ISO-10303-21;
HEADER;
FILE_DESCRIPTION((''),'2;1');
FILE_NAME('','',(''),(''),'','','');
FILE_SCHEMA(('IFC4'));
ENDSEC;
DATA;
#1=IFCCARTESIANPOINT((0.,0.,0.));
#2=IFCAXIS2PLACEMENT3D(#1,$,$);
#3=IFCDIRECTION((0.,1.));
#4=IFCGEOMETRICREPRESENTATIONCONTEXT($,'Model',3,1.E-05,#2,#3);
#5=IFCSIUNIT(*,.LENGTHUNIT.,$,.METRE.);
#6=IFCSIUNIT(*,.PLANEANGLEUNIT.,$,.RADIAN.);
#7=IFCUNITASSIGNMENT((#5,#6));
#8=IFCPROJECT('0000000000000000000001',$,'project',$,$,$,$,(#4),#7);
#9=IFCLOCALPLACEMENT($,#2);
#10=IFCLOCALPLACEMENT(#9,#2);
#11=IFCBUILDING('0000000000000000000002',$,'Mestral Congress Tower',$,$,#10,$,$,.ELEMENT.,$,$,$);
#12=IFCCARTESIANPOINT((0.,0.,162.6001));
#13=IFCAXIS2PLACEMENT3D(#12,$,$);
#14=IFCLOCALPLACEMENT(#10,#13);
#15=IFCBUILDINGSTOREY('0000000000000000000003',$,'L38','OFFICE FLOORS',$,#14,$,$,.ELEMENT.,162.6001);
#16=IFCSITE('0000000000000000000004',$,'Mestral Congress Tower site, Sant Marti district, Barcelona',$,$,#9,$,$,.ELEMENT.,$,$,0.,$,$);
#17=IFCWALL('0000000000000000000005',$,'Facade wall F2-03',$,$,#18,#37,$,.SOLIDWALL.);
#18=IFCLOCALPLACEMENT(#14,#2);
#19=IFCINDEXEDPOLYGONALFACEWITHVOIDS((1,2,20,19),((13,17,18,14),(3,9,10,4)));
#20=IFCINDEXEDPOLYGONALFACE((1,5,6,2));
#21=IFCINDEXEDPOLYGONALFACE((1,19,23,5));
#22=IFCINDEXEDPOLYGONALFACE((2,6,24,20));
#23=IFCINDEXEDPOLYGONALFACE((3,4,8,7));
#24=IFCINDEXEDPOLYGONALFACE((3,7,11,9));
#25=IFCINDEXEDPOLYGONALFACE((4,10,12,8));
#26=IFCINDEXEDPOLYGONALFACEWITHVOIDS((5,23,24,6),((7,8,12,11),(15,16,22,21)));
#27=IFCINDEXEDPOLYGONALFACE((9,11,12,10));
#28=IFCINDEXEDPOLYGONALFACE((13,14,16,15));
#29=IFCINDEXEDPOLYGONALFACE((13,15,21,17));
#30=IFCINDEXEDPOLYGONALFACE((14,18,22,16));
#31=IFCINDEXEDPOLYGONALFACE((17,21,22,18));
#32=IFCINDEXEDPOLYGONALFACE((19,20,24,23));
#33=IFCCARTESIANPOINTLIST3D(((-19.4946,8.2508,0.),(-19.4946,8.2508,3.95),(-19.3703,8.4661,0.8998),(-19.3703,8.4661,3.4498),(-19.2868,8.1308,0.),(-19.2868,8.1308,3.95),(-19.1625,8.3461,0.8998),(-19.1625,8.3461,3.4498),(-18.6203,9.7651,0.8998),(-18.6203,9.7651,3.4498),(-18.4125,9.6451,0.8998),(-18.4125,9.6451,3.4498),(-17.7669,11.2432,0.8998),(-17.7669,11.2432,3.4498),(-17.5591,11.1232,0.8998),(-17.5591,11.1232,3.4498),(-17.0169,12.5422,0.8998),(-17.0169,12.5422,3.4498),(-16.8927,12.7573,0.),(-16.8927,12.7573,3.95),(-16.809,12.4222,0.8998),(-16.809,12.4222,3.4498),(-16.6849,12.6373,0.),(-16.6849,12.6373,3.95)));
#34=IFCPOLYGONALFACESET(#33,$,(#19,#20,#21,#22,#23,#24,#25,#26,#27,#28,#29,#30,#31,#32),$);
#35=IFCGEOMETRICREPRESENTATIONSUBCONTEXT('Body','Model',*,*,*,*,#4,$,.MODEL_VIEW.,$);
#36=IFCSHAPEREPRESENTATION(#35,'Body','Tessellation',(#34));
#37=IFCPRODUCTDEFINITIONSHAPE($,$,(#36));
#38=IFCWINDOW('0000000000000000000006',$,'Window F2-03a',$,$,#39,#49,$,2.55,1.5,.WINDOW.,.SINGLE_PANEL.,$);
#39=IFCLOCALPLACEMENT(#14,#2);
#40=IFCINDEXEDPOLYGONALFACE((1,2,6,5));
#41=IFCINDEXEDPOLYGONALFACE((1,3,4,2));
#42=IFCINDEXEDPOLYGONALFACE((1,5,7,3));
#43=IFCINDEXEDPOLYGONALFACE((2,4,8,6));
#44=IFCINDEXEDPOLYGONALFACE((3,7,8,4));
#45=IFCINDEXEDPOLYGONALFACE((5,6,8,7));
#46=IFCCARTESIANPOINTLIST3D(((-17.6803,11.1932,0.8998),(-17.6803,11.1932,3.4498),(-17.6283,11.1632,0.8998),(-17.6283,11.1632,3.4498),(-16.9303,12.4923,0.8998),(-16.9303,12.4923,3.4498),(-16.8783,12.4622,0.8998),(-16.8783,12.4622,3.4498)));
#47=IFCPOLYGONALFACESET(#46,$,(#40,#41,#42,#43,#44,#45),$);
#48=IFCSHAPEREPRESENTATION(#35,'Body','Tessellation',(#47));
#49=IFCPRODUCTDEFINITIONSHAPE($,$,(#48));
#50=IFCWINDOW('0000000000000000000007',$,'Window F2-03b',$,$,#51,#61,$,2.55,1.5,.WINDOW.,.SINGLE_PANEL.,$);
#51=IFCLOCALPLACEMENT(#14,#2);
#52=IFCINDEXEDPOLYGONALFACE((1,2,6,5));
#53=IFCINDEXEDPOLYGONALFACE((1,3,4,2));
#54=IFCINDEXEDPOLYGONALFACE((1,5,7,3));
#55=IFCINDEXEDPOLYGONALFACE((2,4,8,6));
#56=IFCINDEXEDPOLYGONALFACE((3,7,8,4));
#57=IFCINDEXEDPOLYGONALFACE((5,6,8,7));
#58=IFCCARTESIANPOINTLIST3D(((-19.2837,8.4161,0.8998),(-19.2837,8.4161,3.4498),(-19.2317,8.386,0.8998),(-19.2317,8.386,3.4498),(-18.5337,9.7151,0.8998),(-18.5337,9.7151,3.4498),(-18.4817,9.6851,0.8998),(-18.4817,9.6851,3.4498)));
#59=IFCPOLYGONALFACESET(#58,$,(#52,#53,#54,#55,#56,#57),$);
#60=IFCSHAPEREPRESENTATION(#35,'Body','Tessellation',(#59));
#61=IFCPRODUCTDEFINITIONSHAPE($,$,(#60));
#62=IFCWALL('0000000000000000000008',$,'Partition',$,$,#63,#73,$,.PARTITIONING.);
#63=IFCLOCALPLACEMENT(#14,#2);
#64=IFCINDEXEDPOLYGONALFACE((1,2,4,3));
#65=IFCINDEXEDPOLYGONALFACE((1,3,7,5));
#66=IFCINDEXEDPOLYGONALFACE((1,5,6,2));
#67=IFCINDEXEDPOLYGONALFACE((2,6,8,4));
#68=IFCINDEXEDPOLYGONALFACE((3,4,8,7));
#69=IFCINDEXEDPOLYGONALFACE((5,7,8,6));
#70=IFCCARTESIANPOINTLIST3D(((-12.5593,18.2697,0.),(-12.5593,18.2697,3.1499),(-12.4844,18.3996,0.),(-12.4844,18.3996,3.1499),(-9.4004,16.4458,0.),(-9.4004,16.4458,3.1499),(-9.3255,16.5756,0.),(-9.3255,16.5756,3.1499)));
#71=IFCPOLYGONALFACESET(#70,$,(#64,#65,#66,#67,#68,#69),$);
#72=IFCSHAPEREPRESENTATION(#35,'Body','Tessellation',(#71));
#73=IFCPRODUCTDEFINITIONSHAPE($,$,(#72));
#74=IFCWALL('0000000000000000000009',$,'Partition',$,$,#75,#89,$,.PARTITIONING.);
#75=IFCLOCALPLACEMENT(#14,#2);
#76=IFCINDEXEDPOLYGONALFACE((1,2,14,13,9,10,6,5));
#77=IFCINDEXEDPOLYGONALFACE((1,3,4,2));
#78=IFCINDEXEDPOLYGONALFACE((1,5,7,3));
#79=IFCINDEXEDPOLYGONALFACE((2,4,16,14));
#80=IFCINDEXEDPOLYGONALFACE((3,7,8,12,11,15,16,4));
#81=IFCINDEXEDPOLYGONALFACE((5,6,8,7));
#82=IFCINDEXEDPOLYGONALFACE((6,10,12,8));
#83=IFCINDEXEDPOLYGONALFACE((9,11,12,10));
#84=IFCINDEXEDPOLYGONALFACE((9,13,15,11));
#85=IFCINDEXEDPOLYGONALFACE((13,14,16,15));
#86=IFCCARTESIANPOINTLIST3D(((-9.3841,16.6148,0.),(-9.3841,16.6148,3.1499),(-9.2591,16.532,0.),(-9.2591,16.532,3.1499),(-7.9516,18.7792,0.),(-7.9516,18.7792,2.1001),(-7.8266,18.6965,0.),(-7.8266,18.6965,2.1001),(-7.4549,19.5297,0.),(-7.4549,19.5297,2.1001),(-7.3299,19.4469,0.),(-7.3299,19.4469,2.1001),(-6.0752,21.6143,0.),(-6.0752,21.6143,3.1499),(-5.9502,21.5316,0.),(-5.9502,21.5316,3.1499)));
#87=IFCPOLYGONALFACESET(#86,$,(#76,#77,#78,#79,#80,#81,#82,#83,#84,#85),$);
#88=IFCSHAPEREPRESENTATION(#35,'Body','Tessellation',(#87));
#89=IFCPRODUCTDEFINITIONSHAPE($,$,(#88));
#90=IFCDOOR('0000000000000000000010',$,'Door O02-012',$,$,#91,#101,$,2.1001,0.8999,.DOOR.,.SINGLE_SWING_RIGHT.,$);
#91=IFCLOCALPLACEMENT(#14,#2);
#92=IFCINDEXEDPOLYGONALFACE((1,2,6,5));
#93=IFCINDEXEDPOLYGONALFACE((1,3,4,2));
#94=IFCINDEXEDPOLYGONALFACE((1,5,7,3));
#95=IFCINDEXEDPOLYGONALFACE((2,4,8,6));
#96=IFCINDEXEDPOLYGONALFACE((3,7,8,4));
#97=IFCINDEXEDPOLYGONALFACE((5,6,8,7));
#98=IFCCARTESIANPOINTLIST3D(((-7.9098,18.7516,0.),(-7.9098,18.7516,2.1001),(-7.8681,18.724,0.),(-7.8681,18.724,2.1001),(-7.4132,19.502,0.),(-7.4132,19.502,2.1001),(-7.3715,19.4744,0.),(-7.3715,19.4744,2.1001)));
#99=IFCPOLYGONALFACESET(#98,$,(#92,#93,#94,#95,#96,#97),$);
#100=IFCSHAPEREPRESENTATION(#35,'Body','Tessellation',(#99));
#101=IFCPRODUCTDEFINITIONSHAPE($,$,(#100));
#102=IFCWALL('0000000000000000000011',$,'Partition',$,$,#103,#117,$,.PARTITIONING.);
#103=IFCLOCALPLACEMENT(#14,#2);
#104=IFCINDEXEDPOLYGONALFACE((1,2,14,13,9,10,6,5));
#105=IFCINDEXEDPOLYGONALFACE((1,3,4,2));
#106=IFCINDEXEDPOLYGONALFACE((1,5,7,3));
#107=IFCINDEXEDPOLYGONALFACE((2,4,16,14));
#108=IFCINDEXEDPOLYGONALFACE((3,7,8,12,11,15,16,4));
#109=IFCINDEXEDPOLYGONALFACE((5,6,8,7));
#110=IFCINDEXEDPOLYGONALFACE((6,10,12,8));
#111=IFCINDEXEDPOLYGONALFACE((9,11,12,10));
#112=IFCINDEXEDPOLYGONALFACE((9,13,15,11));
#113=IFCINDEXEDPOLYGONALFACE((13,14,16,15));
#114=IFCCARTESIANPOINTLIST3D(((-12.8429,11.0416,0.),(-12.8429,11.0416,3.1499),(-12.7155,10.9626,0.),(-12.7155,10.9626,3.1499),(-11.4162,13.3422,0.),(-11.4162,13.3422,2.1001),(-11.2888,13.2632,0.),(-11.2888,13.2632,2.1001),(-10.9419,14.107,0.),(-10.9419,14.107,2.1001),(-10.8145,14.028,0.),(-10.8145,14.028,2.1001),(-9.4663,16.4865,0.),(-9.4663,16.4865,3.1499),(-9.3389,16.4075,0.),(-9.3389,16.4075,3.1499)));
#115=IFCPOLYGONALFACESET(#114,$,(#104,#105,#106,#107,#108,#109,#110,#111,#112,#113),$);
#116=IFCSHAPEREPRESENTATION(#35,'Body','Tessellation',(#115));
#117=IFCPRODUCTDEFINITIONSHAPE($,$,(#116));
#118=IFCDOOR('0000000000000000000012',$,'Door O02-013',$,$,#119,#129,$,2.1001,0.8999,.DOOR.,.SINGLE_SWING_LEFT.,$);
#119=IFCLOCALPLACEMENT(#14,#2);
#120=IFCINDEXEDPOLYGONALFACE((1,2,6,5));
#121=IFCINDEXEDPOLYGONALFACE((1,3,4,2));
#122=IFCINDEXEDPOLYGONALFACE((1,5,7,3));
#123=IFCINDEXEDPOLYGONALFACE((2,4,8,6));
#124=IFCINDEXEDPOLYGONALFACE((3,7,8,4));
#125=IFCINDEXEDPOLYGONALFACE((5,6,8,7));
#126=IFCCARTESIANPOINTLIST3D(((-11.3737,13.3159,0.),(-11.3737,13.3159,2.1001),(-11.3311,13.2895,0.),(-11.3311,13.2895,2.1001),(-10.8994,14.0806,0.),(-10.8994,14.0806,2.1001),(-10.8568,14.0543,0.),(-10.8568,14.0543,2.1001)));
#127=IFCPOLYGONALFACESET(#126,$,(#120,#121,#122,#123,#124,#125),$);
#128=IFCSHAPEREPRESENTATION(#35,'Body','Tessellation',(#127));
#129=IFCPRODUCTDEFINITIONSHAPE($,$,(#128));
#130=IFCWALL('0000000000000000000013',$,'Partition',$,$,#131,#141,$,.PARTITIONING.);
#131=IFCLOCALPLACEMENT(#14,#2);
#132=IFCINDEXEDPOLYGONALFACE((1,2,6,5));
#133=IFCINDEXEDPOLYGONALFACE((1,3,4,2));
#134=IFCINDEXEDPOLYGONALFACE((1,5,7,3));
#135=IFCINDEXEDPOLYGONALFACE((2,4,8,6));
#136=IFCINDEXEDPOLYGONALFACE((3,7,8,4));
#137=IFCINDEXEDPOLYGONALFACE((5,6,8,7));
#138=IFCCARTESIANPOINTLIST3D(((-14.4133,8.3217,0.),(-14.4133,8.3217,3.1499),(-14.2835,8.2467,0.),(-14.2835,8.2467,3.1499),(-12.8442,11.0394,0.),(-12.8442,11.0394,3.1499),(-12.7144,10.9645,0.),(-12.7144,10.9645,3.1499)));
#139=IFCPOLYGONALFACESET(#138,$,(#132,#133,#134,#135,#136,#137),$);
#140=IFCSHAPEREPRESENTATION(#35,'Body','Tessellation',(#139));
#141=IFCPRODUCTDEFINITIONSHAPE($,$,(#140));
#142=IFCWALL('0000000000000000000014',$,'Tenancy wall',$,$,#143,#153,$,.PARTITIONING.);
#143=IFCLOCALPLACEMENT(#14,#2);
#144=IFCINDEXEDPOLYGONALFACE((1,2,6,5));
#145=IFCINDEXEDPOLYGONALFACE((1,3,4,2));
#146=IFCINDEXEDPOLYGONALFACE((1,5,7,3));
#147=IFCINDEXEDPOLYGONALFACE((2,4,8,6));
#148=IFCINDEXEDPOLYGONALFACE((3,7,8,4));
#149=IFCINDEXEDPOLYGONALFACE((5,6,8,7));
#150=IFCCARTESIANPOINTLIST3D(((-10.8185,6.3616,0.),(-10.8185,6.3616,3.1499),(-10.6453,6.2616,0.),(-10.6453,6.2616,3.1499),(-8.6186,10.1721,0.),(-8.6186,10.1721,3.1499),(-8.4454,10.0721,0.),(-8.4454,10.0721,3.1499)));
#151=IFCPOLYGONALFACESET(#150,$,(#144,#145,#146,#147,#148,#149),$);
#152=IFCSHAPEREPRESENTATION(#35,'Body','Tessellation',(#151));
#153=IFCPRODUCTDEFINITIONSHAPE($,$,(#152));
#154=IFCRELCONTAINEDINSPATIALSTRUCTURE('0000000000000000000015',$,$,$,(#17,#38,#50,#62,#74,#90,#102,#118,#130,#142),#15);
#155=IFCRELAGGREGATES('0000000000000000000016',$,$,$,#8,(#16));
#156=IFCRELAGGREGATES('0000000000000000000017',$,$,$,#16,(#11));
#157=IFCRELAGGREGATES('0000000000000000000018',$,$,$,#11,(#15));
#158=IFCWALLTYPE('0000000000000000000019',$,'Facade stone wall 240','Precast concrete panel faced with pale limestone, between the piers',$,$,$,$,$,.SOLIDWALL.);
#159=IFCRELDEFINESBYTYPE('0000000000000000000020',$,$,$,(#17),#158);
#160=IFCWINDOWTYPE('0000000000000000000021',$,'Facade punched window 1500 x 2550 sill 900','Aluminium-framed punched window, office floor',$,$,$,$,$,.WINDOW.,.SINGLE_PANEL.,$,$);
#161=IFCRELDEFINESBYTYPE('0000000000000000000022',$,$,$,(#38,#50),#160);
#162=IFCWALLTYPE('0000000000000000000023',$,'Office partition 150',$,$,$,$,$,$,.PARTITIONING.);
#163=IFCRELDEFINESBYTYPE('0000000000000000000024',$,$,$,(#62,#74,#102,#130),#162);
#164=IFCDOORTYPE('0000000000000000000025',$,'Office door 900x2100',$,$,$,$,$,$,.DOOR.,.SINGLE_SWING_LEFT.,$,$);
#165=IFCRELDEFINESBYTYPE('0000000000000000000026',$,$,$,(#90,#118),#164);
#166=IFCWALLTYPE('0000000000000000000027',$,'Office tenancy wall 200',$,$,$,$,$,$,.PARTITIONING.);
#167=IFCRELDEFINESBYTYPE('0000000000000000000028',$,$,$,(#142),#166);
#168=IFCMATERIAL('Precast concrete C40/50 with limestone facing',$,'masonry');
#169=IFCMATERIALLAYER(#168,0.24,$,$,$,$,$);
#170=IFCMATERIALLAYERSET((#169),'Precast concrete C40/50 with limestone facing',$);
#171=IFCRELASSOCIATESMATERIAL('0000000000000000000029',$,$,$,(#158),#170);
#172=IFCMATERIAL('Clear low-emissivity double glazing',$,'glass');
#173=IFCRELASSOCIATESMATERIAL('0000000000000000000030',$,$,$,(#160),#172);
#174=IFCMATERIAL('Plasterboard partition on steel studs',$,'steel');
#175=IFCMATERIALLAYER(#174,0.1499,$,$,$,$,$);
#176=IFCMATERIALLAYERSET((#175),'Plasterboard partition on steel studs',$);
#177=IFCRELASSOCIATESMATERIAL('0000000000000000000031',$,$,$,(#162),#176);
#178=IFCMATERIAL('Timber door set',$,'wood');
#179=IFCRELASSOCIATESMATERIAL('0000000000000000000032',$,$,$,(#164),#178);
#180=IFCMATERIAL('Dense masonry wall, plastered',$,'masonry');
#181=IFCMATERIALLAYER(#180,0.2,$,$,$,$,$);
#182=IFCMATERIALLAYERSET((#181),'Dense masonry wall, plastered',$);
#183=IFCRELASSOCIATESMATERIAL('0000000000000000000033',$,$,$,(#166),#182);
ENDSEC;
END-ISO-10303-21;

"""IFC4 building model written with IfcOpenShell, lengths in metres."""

from ifc_helpers import new_model, si_unit, direction, frame, frame_2d, origin, place, context, subcontext, project, spatial, rectangle, extrude, material, layer, layer_set, type_object, element, fill, save


model = new_model("IFC4")

# Units and contexts
model_context = context("Model", 3, precision=1e-05, world=origin(), true_north=direction((0.0, 1.0)))
body_context = subcontext(model_context, "Body", "Model", "MODEL_VIEW")
ifc_project = project(units=[si_unit("LENGTHUNIT", "METRE"), si_unit("PLANEANGLEUNIT", "RADIAN")], contexts=[model_context])

# Site, building, storey
site_placement = place(None, origin())
site = spatial("IfcSite", under=ifc_project, at=site_placement, Name="Mestral Congress Tower site, Sant Marti district, Barcelona", CompositionType="ELEMENT", RefElevation=0.0)
building_placement = place(site_placement, origin())
building = spatial("IfcBuilding", under=site, at=building_placement, Name="Mestral Congress Tower", CompositionType="ELEMENT")
storey_placement = place(building_placement, frame((0.0, 0.0, 162.6001)))
storey = spatial("IfcBuildingStorey", under=building, at=storey_placement, Name="L38", Description="OFFICE FLOORS", CompositionType="ELEMENT", Elevation=162.6001)

# Wall, openings, windows
ifc_material_1 = material(Name="Precast concrete C40/50 with limestone facing", Category="masonry")
ifc_layer_1 = layer(ifc_material_1, 0.24)
ifc_layer_set_1 = layer_set([ifc_layer_1], Name="Precast concrete C40/50 with limestone facing")
wall_type_1 = type_object("IfcWallType", Name="Facade stone wall 240", Description="Precast concrete panel faced with pale limestone, between the piers", PredefinedType="SOLIDWALL", material=ifc_layer_set_1)
ifc_material_2 = material(Name="Clear low-emissivity double glazing", Category="glass")
window_type = type_object("IfcWindowType", Name="Facade punched window 1500 x 2550 sill 900", Description="Aluminium-framed punched window, office floor", PartitioningType="SINGLE_PANEL", PredefinedType="WINDOW", material=ifc_material_2)
wall_1_placement = place(storey_placement, frame((-16.7888, 12.6973, 0.0), z_axis=(0.0, 0.0, 1.0), x_axis=(-0.500009, -0.86602, 0.0)))
wall_1 = element("IfcWall", 1, at=wall_1_placement, inside=storey, type_object=wall_type_1, Name="Facade wall F2-03", PredefinedType="SOLIDWALL", context=body_context, shape_type="SweptSolid", body=[
    extrude(rectangle(XDim=5.2036, YDim=0.24, at=frame_2d((2.6018, 0.0))), origin(), (0.0, 0.0, 1.0), 3.95),
])
opening_1_placement = place(wall_1_placement, frame((0.2483, 0.0, 0.8999)))
opening_1 = element("IfcOpeningElement", 2, at=opening_1_placement, cuts=wall_1, PredefinedType="OPENING", context=body_context, shape_type="SweptSolid", body=[
    extrude(rectangle(XDim=1.5, YDim=2.55, at=frame_2d((0.75, 1.2749))), frame((0.0, 0.1299, 0.0), z_axis=(0.0, -1.0, 0.0), x_axis=(1.0, 0.0, 0.0)), (0.0, 0.0, 1.0), 0.26),
])
opening_2_placement = place(wall_1_placement, frame((3.4551, 0.0, 0.8999)))
opening_2 = element("IfcOpeningElement", 3, at=opening_2_placement, cuts=wall_1, PredefinedType="OPENING", context=body_context, shape_type="SweptSolid", body=[
    extrude(rectangle(XDim=1.5, YDim=2.55, at=frame_2d((0.75, 1.2749))), frame((0.0, 0.1299, 0.0), z_axis=(0.0, -1.0, 0.0), x_axis=(1.0, 0.0, 0.0)), (0.0, 0.0, 1.0), 0.26),
])
window_1_placement = place(opening_1_placement, origin())
window_1 = element("IfcWindow", 4, at=window_1_placement, inside=storey, type_object=window_type, Name="Window F2-03a", OverallHeight=2.55, OverallWidth=1.5, PartitioningType="SINGLE_PANEL", PredefinedType="WINDOW", context=body_context, shape_type="SweptSolid", body=[
    extrude(rectangle(XDim=1.5, YDim=2.55, at=frame_2d((0.75, 1.2749))), frame((0.0, 0.04, 0.0), z_axis=(0.0, -1.0, 0.0), x_axis=(1.0, 0.0, 0.0)), (0.0, 0.0, 1.0), 0.0601),
])
fill(opening_1, window_1)
window_2_placement = place(opening_2_placement, origin())
window_2 = element("IfcWindow", 5, at=window_2_placement, inside=storey, type_object=window_type, Name="Window F2-03b", OverallHeight=2.55, OverallWidth=1.5, PartitioningType="SINGLE_PANEL", PredefinedType="WINDOW", context=body_context, shape_type="SweptSolid", body=[
    extrude(rectangle(XDim=1.5, YDim=2.55, at=frame_2d((0.75, 1.2749))), frame((0.0, 0.04, 0.0), z_axis=(0.0, -1.0, 0.0), x_axis=(1.0, 0.0, 0.0)), (0.0, 0.0, 1.0), 0.0601),
])
fill(opening_2, window_2)

# Wall
ifc_material_3 = material(Name="Plasterboard partition on steel studs", Category="steel")
ifc_layer_2 = layer(ifc_material_3, 0.1499)
ifc_layer_set_2 = layer_set([ifc_layer_2], Name="Plasterboard partition on steel studs")
wall_type_2 = type_object("IfcWallType", Name="Office partition 150", PredefinedType="PARTITIONING", material=ifc_layer_set_2)
wall_2_placement = place(storey_placement, frame((-9.363, 16.5107, 0.0), z_axis=(0.0, 0.0, 1.0), x_axis=(-0.866006, 0.500033, 0.0)))
element("IfcWall", 6, at=wall_2_placement, inside=storey, type_object=wall_type_2, Name="Partition", PredefinedType="PARTITIONING", context=body_context, shape_type="SweptSolid", body=[
    extrude(rectangle(XDim=3.6477, YDim=0.1499, at=frame_2d((1.8237, 0.0))), origin(), (0.0, 0.0, 1.0), 3.1499),
])

# Walls, openings, doors
wall_3_placement = place(storey_placement, frame((-9.3215, 16.5735, 0.0), z_axis=(0.0, 0.0, 1.0), x_axis=(0.551906, 0.833906, 0.0)))
wall_3 = element("IfcWall", 7, at=wall_3_placement, inside=storey, type_object=wall_type_2, Name="Partition", PredefinedType="PARTITIONING", context=body_context, shape_type="SweptSolid", body=[
    extrude(rectangle(XDim=5.9954, YDim=0.1499, at=frame_2d((2.9976, 0.0))), origin(), (0.0, 0.0, 1.0), 3.1499),
])
opening_3_placement = place(wall_3_placement, frame((2.5955, 0.0, 0.0)))
opening_3 = element("IfcOpeningElement", 8, at=opening_3_placement, cuts=wall_3, PredefinedType="OPENING", context=body_context, shape_type="SweptSolid", body=[
    extrude(rectangle(XDim=0.8999, YDim=2.1001, at=frame_2d((0.45, 1.05))), frame((0.0, 0.085, 0.0), z_axis=(0.0, -1.0, 0.0), x_axis=(1.0, 0.0, 0.0)), (0.0, 0.0, 1.0), 0.1699),
])
ifc_material_4 = material(Name="Timber door set", Category="wood")
door_type_1 = type_object("IfcDoorType", Name="Office door 900x2100", OperationType="SINGLE_SWING_LEFT", PredefinedType="DOOR", material=ifc_material_4)
door_1_placement = place(opening_3_placement, origin())
door_1 = element("IfcDoor", 9, at=door_1_placement, inside=storey, type_object=door_type_1, Name="Door O02-012", OperationType="SINGLE_SWING_RIGHT", OverallHeight=2.1001, OverallWidth=0.8999, PredefinedType="DOOR", context=body_context, shape_type="SweptSolid", body=[
    extrude(rectangle(XDim=0.8999, YDim=2.1001, at=frame_2d((0.45, 1.05))), frame((0.0, 0.0249, 0.0), z_axis=(0.0, -1.0, 0.0), x_axis=(1.0, 0.0, 0.0)), (0.0, 0.0, 1.0), 0.05),
])
fill(opening_3, door_1)
wall_4_placement = place(storey_placement, frame((-12.7793, 11.002, 0.0), z_axis=(0.0, 0.0, 1.0), x_axis=(0.527026, 0.849849, 0.0)))
wall_4 = element("IfcWall", 10, at=wall_4_placement, inside=storey, type_object=wall_type_2, Name="Partition", PredefinedType="PARTITIONING", context=body_context, shape_type="SweptSolid", body=[
    extrude(rectangle(XDim=6.407, YDim=0.1499, at=frame_2d((3.2036, 0.0))), origin(), (0.0, 0.0, 1.0), 3.1499),
])
opening_4_placement = place(wall_4_placement, frame((2.7073, 0.0, 0.0)))
opening_4 = element("IfcOpeningElement", 11, at=opening_4_placement, cuts=wall_4, PredefinedType="OPENING", context=body_context, shape_type="SweptSolid", body=[
    extrude(rectangle(XDim=0.8999, YDim=2.1001, at=frame_2d((0.45, 1.05))), frame((0.0, 0.085, 0.0), z_axis=(0.0, -1.0, 0.0), x_axis=(1.0, 0.0, 0.0)), (0.0, 0.0, 1.0), 0.1699),
])
door_2_placement = place(opening_4_placement, origin())
door_2 = element("IfcDoor", 12, at=door_2_placement, inside=storey, type_object=door_type_1, Name="Door O02-013", OperationType="SINGLE_SWING_LEFT", OverallHeight=2.1001, OverallWidth=0.8999, PredefinedType="DOOR", context=body_context, shape_type="SweptSolid", body=[
    extrude(rectangle(XDim=0.8999, YDim=2.1001, at=frame_2d((0.45, 1.05))), frame((0.0, 0.0249, 0.0), z_axis=(0.0, -1.0, 0.0), x_axis=(1.0, 0.0, 0.0)), (0.0, 0.0, 1.0), 0.05),
])
fill(opening_4, door_2)

# Walls
wall_5_placement = place(storey_placement, frame((-12.7793, 11.002, 0.0), z_axis=(0.0, 0.0, 1.0), x_axis=(-0.499996, -0.866028, 0.0)))
element("IfcWall", 13, at=wall_5_placement, inside=storey, type_object=wall_type_2, Name="Partition", PredefinedType="PARTITIONING", context=body_context, shape_type="SweptSolid", body=[
    extrude(rectangle(XDim=3.1382, YDim=0.1499, at=frame_2d((1.5691, 0.0))), origin(), (0.0, 0.0, 1.0), 3.1499),
])
ifc_material_5 = material(Name="Dense masonry wall, plastered", Category="masonry")
ifc_layer_3 = layer(ifc_material_5, 0.2)
ifc_layer_set_3 = layer_set([ifc_layer_3], Name="Dense masonry wall, plastered")
wall_type_3 = type_object("IfcWallType", Name="Office tenancy wall 200", PredefinedType="PARTITIONING", material=ifc_layer_set_3)
wall_6_placement = place(storey_placement, frame((-8.532, 10.1221, 0.0), z_axis=(0.0, 0.0, 1.0), x_axis=(-0.499988, -0.866032, 0.0)))
element("IfcWall", 14, at=wall_6_placement, inside=storey, type_object=wall_type_3, Name="Tenancy wall", PredefinedType="PARTITIONING", context=body_context, shape_type="SweptSolid", body=[
    extrude(rectangle(XDim=4.3999, YDim=0.2, at=frame_2d((2.2, 0.0))), origin(), (0.0, 0.0, 1.0), 3.1499),
])

save(model, "model.ifc")
